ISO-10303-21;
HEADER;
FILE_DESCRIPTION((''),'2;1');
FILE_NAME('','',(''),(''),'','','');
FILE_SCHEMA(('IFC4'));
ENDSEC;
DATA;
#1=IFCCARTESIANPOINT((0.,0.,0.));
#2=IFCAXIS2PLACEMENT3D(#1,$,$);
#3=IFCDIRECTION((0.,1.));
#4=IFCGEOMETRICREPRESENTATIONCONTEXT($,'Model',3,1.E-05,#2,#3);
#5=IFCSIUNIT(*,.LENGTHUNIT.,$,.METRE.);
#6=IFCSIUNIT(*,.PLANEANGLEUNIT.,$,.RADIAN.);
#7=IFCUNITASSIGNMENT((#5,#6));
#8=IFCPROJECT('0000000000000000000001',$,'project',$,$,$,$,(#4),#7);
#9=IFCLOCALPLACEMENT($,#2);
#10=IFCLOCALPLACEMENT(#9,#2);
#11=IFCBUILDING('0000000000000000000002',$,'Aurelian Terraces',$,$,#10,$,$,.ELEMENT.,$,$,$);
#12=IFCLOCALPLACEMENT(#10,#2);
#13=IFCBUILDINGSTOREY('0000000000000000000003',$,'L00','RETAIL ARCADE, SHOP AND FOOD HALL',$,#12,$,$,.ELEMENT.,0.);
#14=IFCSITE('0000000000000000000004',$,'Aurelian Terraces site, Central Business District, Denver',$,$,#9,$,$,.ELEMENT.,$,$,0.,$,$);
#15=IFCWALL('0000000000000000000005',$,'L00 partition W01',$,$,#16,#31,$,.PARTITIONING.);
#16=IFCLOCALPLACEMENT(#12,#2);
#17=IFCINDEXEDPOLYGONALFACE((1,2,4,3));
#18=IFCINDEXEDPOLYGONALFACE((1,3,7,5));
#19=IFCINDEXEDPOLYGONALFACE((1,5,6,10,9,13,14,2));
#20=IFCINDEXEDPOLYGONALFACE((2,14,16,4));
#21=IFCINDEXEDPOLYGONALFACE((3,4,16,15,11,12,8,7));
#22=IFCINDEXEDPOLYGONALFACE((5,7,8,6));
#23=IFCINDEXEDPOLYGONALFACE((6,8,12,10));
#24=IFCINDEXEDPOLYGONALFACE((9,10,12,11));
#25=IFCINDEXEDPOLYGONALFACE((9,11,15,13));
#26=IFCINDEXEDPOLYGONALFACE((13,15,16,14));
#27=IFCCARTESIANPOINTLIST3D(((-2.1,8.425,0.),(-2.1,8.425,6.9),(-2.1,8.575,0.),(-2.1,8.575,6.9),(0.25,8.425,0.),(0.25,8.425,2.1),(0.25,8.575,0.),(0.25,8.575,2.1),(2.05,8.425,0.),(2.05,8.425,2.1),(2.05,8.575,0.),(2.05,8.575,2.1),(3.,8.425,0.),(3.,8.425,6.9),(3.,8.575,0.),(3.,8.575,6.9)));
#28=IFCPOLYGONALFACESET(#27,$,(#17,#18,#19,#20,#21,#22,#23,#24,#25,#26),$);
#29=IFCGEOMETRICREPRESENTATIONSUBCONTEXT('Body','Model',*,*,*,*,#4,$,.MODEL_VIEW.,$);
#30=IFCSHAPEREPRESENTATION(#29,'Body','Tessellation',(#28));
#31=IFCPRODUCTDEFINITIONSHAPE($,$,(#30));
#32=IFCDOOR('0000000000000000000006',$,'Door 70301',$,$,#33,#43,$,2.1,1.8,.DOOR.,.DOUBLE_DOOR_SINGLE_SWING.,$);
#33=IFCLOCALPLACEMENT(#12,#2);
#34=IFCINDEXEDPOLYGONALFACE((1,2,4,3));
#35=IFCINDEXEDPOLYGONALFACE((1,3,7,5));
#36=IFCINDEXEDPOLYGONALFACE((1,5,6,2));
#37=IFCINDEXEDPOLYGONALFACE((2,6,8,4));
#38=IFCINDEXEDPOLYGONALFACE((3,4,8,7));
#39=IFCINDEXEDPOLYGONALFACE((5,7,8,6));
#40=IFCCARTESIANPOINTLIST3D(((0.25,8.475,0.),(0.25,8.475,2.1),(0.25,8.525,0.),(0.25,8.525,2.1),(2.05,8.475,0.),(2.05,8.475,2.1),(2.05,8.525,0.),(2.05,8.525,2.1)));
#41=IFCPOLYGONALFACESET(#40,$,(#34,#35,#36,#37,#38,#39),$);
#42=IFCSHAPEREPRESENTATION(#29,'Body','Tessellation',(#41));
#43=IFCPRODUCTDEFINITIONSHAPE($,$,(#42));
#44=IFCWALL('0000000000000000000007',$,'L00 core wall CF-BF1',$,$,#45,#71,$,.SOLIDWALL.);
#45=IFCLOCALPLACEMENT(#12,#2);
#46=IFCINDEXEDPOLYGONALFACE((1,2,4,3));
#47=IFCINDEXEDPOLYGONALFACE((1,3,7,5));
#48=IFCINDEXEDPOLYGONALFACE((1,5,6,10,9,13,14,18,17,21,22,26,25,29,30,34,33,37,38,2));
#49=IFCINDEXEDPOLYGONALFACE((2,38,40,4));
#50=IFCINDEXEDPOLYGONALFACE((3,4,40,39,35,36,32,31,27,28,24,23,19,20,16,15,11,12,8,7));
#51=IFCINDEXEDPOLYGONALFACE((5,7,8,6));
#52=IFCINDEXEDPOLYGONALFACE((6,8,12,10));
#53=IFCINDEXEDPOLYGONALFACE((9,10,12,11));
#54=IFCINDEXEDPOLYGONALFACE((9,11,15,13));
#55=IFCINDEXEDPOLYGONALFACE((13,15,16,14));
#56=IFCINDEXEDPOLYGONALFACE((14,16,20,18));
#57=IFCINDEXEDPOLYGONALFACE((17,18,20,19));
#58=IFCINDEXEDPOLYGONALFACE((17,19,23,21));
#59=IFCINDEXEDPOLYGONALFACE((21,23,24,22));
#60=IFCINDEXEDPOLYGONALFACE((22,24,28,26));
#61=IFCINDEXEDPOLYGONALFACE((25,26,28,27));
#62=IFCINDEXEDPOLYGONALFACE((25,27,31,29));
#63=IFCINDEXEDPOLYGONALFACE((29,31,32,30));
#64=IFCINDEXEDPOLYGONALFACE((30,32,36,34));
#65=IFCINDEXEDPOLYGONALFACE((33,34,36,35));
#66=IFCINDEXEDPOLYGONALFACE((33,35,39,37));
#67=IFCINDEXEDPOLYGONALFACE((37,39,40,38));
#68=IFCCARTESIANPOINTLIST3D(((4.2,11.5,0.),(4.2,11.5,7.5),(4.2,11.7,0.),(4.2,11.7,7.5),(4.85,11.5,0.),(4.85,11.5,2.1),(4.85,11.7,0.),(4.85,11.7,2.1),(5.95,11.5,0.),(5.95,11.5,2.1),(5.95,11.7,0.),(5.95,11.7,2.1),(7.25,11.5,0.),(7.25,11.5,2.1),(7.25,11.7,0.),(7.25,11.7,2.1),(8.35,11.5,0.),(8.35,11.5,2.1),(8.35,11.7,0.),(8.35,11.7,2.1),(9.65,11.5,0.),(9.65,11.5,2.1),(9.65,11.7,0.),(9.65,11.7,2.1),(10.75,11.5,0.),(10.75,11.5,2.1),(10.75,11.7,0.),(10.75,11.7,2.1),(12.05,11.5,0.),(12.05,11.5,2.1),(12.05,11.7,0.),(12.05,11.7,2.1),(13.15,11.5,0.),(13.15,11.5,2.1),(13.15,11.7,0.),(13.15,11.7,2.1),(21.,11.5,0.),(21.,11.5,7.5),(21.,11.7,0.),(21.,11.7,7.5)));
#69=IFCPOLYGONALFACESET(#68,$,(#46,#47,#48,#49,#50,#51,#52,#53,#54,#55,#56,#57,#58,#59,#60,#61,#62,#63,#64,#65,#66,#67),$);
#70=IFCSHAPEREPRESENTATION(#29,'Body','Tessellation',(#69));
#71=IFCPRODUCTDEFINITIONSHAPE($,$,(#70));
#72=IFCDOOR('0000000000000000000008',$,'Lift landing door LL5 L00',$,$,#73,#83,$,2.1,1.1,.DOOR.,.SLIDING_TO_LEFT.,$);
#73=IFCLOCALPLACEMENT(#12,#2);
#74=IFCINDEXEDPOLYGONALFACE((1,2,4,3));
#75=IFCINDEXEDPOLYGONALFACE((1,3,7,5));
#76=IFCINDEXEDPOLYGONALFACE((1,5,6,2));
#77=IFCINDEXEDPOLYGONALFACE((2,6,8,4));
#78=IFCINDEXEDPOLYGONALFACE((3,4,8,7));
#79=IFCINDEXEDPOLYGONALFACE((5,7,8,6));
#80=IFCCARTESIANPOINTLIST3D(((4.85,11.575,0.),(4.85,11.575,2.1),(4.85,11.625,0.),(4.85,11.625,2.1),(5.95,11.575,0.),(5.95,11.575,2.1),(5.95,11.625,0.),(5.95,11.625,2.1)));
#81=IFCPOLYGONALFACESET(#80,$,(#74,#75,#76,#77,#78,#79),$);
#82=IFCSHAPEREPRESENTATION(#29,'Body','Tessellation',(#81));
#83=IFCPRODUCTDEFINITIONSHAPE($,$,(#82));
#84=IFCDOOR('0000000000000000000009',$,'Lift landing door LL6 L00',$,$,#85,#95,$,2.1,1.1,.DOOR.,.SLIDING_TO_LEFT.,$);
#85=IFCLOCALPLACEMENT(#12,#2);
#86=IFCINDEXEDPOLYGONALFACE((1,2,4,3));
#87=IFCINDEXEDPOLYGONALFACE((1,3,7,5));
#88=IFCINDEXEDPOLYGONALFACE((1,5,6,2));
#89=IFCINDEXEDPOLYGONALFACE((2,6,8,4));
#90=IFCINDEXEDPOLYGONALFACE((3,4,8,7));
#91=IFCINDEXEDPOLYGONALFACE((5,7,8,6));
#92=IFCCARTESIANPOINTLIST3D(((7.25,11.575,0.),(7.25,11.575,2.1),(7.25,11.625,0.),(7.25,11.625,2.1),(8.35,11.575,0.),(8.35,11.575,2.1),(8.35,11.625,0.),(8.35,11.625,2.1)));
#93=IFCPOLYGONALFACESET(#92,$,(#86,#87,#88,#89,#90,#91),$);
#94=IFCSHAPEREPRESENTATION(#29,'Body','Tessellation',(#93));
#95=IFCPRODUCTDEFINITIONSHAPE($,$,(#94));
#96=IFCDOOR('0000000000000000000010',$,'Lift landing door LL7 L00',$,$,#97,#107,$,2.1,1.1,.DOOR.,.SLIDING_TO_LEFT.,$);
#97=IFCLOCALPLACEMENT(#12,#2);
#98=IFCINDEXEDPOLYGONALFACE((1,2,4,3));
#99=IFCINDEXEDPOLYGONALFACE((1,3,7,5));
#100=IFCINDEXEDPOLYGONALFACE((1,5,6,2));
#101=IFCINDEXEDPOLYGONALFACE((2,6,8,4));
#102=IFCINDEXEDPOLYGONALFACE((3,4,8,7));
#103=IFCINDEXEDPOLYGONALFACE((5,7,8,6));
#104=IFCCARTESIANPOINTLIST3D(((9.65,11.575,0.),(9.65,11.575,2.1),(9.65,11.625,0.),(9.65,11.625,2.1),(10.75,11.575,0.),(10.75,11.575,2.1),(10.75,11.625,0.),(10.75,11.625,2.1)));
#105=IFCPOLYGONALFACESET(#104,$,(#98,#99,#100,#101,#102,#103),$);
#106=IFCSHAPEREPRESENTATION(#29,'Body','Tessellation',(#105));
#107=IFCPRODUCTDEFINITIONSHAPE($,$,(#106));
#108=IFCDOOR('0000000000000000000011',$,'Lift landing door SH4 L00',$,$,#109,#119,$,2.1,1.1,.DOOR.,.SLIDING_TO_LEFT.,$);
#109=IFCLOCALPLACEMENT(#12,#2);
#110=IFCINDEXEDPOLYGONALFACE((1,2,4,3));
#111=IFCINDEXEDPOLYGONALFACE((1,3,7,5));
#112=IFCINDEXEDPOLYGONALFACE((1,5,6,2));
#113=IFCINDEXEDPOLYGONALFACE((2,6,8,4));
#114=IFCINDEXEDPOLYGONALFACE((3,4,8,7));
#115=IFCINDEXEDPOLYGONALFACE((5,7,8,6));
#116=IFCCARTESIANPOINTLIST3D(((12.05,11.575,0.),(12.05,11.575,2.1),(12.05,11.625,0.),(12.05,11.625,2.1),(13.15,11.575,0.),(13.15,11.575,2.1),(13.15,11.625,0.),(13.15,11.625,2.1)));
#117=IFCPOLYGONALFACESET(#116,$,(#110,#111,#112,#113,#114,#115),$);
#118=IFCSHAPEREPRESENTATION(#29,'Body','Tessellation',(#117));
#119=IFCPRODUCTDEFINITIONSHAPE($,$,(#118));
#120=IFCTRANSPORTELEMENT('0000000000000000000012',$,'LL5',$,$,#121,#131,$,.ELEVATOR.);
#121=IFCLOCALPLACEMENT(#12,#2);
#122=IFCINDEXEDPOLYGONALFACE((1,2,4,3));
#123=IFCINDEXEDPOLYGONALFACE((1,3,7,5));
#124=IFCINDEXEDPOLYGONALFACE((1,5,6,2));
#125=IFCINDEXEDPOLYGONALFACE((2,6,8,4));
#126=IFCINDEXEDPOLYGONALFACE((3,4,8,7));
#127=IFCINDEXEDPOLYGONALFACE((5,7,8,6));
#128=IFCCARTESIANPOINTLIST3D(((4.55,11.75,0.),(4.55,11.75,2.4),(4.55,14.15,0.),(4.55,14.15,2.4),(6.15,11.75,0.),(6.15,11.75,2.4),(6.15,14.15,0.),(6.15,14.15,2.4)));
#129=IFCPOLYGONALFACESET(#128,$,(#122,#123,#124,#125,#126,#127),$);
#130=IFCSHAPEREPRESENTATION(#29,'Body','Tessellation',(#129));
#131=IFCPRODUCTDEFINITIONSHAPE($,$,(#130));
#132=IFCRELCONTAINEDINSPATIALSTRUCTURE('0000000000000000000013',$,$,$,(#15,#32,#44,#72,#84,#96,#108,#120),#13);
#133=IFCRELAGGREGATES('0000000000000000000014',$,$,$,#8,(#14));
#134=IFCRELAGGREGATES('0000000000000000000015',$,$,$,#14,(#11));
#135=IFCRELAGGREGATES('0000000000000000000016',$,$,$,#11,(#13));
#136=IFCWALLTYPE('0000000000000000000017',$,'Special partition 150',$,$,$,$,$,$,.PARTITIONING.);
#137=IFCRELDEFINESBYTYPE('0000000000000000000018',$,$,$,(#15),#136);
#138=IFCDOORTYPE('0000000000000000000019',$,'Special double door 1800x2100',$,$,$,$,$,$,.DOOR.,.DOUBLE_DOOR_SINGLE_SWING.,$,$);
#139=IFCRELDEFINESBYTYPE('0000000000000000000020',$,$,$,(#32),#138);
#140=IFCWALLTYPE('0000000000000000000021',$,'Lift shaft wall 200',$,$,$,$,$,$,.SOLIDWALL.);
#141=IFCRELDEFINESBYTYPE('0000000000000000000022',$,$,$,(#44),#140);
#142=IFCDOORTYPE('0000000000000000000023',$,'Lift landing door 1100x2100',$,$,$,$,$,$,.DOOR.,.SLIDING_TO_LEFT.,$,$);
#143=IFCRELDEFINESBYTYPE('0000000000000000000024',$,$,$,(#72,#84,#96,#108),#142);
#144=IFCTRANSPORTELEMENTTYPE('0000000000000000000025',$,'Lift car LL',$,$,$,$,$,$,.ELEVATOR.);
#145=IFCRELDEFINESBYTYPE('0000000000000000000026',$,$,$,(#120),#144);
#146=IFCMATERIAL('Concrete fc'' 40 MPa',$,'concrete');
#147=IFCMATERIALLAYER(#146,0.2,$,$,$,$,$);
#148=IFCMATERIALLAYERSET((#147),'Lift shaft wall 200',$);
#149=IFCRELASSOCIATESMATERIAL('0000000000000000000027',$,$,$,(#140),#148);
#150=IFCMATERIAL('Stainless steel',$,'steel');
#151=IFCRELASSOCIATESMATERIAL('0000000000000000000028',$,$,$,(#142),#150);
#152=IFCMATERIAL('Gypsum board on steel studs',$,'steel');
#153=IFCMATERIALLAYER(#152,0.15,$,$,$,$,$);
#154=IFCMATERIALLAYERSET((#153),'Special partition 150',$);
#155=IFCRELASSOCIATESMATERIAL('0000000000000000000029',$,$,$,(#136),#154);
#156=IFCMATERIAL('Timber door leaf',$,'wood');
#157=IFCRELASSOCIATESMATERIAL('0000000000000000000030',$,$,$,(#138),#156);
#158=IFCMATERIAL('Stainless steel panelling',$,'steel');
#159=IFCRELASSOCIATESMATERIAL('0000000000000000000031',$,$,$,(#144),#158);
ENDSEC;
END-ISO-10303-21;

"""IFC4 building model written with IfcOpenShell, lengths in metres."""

from ifc_helpers import new_model, si_unit, direction, frame, frame_2d, origin, origin_2d, place, context, subcontext, project, spatial, rectangle, extrude, source, transform, mapped, material, layer, layer_set, type_object, element, fill, save


model = new_model("IFC4")

# Units and contexts
model_context = context("Model", 3, precision=1e-05, world=origin(), true_north=direction((0.0, 1.0)))
body_context = subcontext(model_context, "Body", "Model", "MODEL_VIEW")
ifc_project = project(units=[si_unit("LENGTHUNIT", "METRE"), si_unit("PLANEANGLEUNIT", "RADIAN")], contexts=[model_context])

# Site, building, storey
site_placement = place(None, origin())
site = spatial("IfcSite", under=ifc_project, at=site_placement, Name="Aurelian Terraces site, Central Business District, Denver", CompositionType="ELEMENT", RefElevation=0.0)
building_placement = place(site_placement, origin())
building = spatial("IfcBuilding", under=site, at=building_placement, Name="Aurelian Terraces", CompositionType="ELEMENT")
storey_placement = place(building_placement, origin())
storey = spatial("IfcBuildingStorey", under=building, at=storey_placement, Name="L00", Description="RETAIL ARCADE, SHOP AND FOOD HALL", CompositionType="ELEMENT", Elevation=0.0)

# Shared definitions
ifc_material_1 = material(Name="Concrete fc' 40 MPa", Category="concrete")
ifc_layer_1 = layer(ifc_material_1, 0.2)
ifc_layer_set_1 = layer_set([ifc_layer_1], Name="Lift shaft wall 200")
wall_type_1 = type_object("IfcWallType", Name="Lift shaft wall 200", PredefinedType="SOLIDWALL", material=ifc_layer_set_1)
shared_shape_1 = source(origin(), body_context, "Body", "SweptSolid", [
    extrude(rectangle(XDim=1.1, YDim=2.1, at=frame_2d((0.55, 1.05))), frame((0.0, 0.11, 0.0), z_axis=(0.0, -1.0, 0.0), x_axis=(1.0, 0.0, 0.0)), (0.0, 0.0, 1.0), 0.22),
])
ifc_material_2 = material(Name="Stainless steel", Category="steel")
door_type_1 = type_object("IfcDoorType", Name="Lift landing door 1100x2100", OperationType="SLIDING_TO_LEFT", PredefinedType="DOOR", material=ifc_material_2)
shared_shape_2 = source(origin(), body_context, "Body", "SweptSolid", [
    extrude(rectangle(XDim=1.1, YDim=2.1, at=frame_2d((0.55, 1.05))), frame((0.0, 0.025, 0.0), z_axis=(0.0, -1.0, 0.0), x_axis=(1.0, 0.0, 0.0)), (0.0, 0.0, 1.0), 0.05),
])

# Wall, opening, door
ifc_material_3 = material(Name="Gypsum board on steel studs", Category="steel")
ifc_layer_2 = layer(ifc_material_3, 0.15)
ifc_layer_set_2 = layer_set([ifc_layer_2], Name="Special partition 150")
wall_type_2 = type_object("IfcWallType", Name="Special partition 150", PredefinedType="PARTITIONING", material=ifc_layer_set_2)
wall_1_placement = place(storey_placement, frame((-2.1, 8.5, 0.0), z_axis=(0.0, 0.0, 1.0), x_axis=(1.0, 0.0, 0.0)))
wall_1 = element("IfcWall", 1, at=wall_1_placement, inside=storey, type_object=wall_type_2, Name="L00 partition W01", PredefinedType="PARTITIONING", context=body_context, shape_type="SweptSolid", body=[
    extrude(rectangle(XDim=5.1, YDim=0.15, at=frame_2d((2.55, 0.0))), origin(), (0.0, 0.0, 1.0), 6.9),
])
opening_1_placement = place(wall_1_placement, frame((2.35, 0.0, 0.0)))
opening_1 = element("IfcOpeningElement", 2, at=opening_1_placement, cuts=wall_1, PredefinedType="OPENING", context=body_context, shape_type="SweptSolid", body=[
    extrude(rectangle(XDim=1.8, YDim=2.1, at=frame_2d((0.9, 1.05))), frame((0.0, 0.085, 0.0), z_axis=(0.0, -1.0, 0.0), x_axis=(1.0, 0.0, 0.0)), (0.0, 0.0, 1.0), 0.17),
])
ifc_material_4 = material(Name="Timber door leaf", Category="wood")
door_type_2 = type_object("IfcDoorType", Name="Special double door 1800x2100", OperationType="DOUBLE_DOOR_SINGLE_SWING", PredefinedType="DOOR", material=ifc_material_4)
shared_shape_3 = source(origin(), body_context, "Body", "SweptSolid", [
    extrude(rectangle(XDim=1.8, YDim=2.1, at=frame_2d((0.9, 1.05))), frame((0.0, 0.025, 0.0), z_axis=(0.0, -1.0, 0.0), x_axis=(1.0, 0.0, 0.0)), (0.0, 0.0, 1.0), 0.05),
])
door_1_placement = place(opening_1_placement, origin())
door_1 = element("IfcDoor", 3, at=door_1_placement, inside=storey, type_object=door_type_2, Name="Door 70301", OperationType="DOUBLE_DOOR_SINGLE_SWING", OverallHeight=2.1, OverallWidth=1.8, PredefinedType="DOOR", context=body_context, shape_type="MappedRepresentation", body=[
    mapped(shared_shape_3, transform((0.0, 0.0, 0.0), scale=1.0)),
])
fill(opening_1, door_1)

# Wall, openings, doors
shared_shape_4 = source(origin(), body_context, "Body", "SweptSolid", [
    extrude(rectangle(XDim=16.8, YDim=0.2, at=frame_2d((8.4, 0.0))), origin(), (0.0, 0.0, 1.0), 7.5),
])
wall_2_placement = place(storey_placement, frame((4.2, 11.6, 0.0), z_axis=(0.0, 0.0, 1.0), x_axis=(1.0, 0.0, 0.0)))
wall_2 = element("IfcWall", 4, at=wall_2_placement, inside=storey, type_object=wall_type_1, Name="L00 core wall CF-BF1", PredefinedType="SOLIDWALL", context=body_context, shape_type="MappedRepresentation", body=[
    mapped(shared_shape_4, transform((0.0, 0.0, 0.0), scale=1.0)),
])
opening_2_placement = place(wall_2_placement, frame((0.65, 0.0, 0.0)))
opening_2 = element("IfcOpeningElement", 5, at=opening_2_placement, cuts=wall_2, PredefinedType="OPENING", context=body_context, shape_type="MappedRepresentation", body=[
    mapped(shared_shape_1, transform((0.0, 0.0, 0.0), scale=1.0)),
])
opening_3_placement = place(wall_2_placement, frame((3.05, 0.0, 0.0)))
opening_3 = element("IfcOpeningElement", 6, at=opening_3_placement, cuts=wall_2, PredefinedType="OPENING", context=body_context, shape_type="MappedRepresentation", body=[
    mapped(shared_shape_1, transform((0.0, 0.0, 0.0), scale=1.0)),
])
opening_4_placement = place(wall_2_placement, frame((5.45, 0.0, 0.0)))
opening_4 = element("IfcOpeningElement", 7, at=opening_4_placement, cuts=wall_2, PredefinedType="OPENING", context=body_context, shape_type="MappedRepresentation", body=[
    mapped(shared_shape_1, transform((0.0, 0.0, 0.0), scale=1.0)),
])
opening_5_placement = place(wall_2_placement, frame((7.85, 0.0, 0.0)))
opening_5 = element("IfcOpeningElement", 8, at=opening_5_placement, cuts=wall_2, PredefinedType="OPENING", context=body_context, shape_type="MappedRepresentation", body=[
    mapped(shared_shape_1, transform((0.0, 0.0, 0.0), scale=1.0)),
])
door_2_placement = place(opening_2_placement, origin())
door_2 = element("IfcDoor", 9, at=door_2_placement, inside=storey, type_object=door_type_1, Name="Lift landing door LL5 L00", OperationType="SLIDING_TO_LEFT", OverallHeight=2.1, OverallWidth=1.1, PredefinedType="DOOR", context=body_context, shape_type="MappedRepresentation", body=[
    mapped(shared_shape_2, transform((0.0, 0.0, 0.0), scale=1.0)),
])
fill(opening_2, door_2)
door_3_placement = place(opening_3_placement, origin())
door_3 = element("IfcDoor", 10, at=door_3_placement, inside=storey, type_object=door_type_1, Name="Lift landing door LL6 L00", OperationType="SLIDING_TO_LEFT", OverallHeight=2.1, OverallWidth=1.1, PredefinedType="DOOR", context=body_context, shape_type="MappedRepresentation", body=[
    mapped(shared_shape_2, transform((0.0, 0.0, 0.0), scale=1.0)),
])
fill(opening_3, door_3)
door_4_placement = place(opening_4_placement, origin())
door_4 = element("IfcDoor", 11, at=door_4_placement, inside=storey, type_object=door_type_1, Name="Lift landing door LL7 L00", OperationType="SLIDING_TO_LEFT", OverallHeight=2.1, OverallWidth=1.1, PredefinedType="DOOR", context=body_context, shape_type="MappedRepresentation", body=[
    mapped(shared_shape_2, transform((0.0, 0.0, 0.0), scale=1.0)),
])
fill(opening_4, door_4)
door_5_placement = place(opening_5_placement, origin())
door_5 = element("IfcDoor", 12, at=door_5_placement, inside=storey, type_object=door_type_1, Name="Lift landing door SH4 L00", OperationType="SLIDING_TO_LEFT", OverallHeight=2.1, OverallWidth=1.1, PredefinedType="DOOR", context=body_context, shape_type="MappedRepresentation", body=[
    mapped(shared_shape_2, transform((0.0, 0.0, 0.0), scale=1.0)),
])
fill(opening_5, door_5)

# Transport element
ifc_material_5 = material(Name="Stainless steel panelling", Category="steel")
transport_element_type = type_object("IfcTransportElementType", Name="Lift car LL", PredefinedType="ELEVATOR", material=ifc_material_5)
shared_shape_5 = source(origin(), body_context, "Body", "SweptSolid", [
    extrude(rectangle(XDim=1.6, YDim=2.4, at=origin_2d()), origin(), (0.0, 0.0, 1.0), 2.4),
])
transport_element_placement = place(storey_placement, frame((5.35, 12.95, 0.0), z_axis=(0.0, 0.0, 1.0), x_axis=(1.0, 0.0, 0.0)))
element("IfcTransportElement", 13, at=transport_element_placement, inside=storey, type_object=transport_element_type, Name="LL5", PredefinedType="ELEVATOR", context=body_context, shape_type="MappedRepresentation", body=[
    mapped(shared_shape_5, transform((0.0, 0.0, 0.0), scale=1.0)),
])

save(model, "model.ifc")
